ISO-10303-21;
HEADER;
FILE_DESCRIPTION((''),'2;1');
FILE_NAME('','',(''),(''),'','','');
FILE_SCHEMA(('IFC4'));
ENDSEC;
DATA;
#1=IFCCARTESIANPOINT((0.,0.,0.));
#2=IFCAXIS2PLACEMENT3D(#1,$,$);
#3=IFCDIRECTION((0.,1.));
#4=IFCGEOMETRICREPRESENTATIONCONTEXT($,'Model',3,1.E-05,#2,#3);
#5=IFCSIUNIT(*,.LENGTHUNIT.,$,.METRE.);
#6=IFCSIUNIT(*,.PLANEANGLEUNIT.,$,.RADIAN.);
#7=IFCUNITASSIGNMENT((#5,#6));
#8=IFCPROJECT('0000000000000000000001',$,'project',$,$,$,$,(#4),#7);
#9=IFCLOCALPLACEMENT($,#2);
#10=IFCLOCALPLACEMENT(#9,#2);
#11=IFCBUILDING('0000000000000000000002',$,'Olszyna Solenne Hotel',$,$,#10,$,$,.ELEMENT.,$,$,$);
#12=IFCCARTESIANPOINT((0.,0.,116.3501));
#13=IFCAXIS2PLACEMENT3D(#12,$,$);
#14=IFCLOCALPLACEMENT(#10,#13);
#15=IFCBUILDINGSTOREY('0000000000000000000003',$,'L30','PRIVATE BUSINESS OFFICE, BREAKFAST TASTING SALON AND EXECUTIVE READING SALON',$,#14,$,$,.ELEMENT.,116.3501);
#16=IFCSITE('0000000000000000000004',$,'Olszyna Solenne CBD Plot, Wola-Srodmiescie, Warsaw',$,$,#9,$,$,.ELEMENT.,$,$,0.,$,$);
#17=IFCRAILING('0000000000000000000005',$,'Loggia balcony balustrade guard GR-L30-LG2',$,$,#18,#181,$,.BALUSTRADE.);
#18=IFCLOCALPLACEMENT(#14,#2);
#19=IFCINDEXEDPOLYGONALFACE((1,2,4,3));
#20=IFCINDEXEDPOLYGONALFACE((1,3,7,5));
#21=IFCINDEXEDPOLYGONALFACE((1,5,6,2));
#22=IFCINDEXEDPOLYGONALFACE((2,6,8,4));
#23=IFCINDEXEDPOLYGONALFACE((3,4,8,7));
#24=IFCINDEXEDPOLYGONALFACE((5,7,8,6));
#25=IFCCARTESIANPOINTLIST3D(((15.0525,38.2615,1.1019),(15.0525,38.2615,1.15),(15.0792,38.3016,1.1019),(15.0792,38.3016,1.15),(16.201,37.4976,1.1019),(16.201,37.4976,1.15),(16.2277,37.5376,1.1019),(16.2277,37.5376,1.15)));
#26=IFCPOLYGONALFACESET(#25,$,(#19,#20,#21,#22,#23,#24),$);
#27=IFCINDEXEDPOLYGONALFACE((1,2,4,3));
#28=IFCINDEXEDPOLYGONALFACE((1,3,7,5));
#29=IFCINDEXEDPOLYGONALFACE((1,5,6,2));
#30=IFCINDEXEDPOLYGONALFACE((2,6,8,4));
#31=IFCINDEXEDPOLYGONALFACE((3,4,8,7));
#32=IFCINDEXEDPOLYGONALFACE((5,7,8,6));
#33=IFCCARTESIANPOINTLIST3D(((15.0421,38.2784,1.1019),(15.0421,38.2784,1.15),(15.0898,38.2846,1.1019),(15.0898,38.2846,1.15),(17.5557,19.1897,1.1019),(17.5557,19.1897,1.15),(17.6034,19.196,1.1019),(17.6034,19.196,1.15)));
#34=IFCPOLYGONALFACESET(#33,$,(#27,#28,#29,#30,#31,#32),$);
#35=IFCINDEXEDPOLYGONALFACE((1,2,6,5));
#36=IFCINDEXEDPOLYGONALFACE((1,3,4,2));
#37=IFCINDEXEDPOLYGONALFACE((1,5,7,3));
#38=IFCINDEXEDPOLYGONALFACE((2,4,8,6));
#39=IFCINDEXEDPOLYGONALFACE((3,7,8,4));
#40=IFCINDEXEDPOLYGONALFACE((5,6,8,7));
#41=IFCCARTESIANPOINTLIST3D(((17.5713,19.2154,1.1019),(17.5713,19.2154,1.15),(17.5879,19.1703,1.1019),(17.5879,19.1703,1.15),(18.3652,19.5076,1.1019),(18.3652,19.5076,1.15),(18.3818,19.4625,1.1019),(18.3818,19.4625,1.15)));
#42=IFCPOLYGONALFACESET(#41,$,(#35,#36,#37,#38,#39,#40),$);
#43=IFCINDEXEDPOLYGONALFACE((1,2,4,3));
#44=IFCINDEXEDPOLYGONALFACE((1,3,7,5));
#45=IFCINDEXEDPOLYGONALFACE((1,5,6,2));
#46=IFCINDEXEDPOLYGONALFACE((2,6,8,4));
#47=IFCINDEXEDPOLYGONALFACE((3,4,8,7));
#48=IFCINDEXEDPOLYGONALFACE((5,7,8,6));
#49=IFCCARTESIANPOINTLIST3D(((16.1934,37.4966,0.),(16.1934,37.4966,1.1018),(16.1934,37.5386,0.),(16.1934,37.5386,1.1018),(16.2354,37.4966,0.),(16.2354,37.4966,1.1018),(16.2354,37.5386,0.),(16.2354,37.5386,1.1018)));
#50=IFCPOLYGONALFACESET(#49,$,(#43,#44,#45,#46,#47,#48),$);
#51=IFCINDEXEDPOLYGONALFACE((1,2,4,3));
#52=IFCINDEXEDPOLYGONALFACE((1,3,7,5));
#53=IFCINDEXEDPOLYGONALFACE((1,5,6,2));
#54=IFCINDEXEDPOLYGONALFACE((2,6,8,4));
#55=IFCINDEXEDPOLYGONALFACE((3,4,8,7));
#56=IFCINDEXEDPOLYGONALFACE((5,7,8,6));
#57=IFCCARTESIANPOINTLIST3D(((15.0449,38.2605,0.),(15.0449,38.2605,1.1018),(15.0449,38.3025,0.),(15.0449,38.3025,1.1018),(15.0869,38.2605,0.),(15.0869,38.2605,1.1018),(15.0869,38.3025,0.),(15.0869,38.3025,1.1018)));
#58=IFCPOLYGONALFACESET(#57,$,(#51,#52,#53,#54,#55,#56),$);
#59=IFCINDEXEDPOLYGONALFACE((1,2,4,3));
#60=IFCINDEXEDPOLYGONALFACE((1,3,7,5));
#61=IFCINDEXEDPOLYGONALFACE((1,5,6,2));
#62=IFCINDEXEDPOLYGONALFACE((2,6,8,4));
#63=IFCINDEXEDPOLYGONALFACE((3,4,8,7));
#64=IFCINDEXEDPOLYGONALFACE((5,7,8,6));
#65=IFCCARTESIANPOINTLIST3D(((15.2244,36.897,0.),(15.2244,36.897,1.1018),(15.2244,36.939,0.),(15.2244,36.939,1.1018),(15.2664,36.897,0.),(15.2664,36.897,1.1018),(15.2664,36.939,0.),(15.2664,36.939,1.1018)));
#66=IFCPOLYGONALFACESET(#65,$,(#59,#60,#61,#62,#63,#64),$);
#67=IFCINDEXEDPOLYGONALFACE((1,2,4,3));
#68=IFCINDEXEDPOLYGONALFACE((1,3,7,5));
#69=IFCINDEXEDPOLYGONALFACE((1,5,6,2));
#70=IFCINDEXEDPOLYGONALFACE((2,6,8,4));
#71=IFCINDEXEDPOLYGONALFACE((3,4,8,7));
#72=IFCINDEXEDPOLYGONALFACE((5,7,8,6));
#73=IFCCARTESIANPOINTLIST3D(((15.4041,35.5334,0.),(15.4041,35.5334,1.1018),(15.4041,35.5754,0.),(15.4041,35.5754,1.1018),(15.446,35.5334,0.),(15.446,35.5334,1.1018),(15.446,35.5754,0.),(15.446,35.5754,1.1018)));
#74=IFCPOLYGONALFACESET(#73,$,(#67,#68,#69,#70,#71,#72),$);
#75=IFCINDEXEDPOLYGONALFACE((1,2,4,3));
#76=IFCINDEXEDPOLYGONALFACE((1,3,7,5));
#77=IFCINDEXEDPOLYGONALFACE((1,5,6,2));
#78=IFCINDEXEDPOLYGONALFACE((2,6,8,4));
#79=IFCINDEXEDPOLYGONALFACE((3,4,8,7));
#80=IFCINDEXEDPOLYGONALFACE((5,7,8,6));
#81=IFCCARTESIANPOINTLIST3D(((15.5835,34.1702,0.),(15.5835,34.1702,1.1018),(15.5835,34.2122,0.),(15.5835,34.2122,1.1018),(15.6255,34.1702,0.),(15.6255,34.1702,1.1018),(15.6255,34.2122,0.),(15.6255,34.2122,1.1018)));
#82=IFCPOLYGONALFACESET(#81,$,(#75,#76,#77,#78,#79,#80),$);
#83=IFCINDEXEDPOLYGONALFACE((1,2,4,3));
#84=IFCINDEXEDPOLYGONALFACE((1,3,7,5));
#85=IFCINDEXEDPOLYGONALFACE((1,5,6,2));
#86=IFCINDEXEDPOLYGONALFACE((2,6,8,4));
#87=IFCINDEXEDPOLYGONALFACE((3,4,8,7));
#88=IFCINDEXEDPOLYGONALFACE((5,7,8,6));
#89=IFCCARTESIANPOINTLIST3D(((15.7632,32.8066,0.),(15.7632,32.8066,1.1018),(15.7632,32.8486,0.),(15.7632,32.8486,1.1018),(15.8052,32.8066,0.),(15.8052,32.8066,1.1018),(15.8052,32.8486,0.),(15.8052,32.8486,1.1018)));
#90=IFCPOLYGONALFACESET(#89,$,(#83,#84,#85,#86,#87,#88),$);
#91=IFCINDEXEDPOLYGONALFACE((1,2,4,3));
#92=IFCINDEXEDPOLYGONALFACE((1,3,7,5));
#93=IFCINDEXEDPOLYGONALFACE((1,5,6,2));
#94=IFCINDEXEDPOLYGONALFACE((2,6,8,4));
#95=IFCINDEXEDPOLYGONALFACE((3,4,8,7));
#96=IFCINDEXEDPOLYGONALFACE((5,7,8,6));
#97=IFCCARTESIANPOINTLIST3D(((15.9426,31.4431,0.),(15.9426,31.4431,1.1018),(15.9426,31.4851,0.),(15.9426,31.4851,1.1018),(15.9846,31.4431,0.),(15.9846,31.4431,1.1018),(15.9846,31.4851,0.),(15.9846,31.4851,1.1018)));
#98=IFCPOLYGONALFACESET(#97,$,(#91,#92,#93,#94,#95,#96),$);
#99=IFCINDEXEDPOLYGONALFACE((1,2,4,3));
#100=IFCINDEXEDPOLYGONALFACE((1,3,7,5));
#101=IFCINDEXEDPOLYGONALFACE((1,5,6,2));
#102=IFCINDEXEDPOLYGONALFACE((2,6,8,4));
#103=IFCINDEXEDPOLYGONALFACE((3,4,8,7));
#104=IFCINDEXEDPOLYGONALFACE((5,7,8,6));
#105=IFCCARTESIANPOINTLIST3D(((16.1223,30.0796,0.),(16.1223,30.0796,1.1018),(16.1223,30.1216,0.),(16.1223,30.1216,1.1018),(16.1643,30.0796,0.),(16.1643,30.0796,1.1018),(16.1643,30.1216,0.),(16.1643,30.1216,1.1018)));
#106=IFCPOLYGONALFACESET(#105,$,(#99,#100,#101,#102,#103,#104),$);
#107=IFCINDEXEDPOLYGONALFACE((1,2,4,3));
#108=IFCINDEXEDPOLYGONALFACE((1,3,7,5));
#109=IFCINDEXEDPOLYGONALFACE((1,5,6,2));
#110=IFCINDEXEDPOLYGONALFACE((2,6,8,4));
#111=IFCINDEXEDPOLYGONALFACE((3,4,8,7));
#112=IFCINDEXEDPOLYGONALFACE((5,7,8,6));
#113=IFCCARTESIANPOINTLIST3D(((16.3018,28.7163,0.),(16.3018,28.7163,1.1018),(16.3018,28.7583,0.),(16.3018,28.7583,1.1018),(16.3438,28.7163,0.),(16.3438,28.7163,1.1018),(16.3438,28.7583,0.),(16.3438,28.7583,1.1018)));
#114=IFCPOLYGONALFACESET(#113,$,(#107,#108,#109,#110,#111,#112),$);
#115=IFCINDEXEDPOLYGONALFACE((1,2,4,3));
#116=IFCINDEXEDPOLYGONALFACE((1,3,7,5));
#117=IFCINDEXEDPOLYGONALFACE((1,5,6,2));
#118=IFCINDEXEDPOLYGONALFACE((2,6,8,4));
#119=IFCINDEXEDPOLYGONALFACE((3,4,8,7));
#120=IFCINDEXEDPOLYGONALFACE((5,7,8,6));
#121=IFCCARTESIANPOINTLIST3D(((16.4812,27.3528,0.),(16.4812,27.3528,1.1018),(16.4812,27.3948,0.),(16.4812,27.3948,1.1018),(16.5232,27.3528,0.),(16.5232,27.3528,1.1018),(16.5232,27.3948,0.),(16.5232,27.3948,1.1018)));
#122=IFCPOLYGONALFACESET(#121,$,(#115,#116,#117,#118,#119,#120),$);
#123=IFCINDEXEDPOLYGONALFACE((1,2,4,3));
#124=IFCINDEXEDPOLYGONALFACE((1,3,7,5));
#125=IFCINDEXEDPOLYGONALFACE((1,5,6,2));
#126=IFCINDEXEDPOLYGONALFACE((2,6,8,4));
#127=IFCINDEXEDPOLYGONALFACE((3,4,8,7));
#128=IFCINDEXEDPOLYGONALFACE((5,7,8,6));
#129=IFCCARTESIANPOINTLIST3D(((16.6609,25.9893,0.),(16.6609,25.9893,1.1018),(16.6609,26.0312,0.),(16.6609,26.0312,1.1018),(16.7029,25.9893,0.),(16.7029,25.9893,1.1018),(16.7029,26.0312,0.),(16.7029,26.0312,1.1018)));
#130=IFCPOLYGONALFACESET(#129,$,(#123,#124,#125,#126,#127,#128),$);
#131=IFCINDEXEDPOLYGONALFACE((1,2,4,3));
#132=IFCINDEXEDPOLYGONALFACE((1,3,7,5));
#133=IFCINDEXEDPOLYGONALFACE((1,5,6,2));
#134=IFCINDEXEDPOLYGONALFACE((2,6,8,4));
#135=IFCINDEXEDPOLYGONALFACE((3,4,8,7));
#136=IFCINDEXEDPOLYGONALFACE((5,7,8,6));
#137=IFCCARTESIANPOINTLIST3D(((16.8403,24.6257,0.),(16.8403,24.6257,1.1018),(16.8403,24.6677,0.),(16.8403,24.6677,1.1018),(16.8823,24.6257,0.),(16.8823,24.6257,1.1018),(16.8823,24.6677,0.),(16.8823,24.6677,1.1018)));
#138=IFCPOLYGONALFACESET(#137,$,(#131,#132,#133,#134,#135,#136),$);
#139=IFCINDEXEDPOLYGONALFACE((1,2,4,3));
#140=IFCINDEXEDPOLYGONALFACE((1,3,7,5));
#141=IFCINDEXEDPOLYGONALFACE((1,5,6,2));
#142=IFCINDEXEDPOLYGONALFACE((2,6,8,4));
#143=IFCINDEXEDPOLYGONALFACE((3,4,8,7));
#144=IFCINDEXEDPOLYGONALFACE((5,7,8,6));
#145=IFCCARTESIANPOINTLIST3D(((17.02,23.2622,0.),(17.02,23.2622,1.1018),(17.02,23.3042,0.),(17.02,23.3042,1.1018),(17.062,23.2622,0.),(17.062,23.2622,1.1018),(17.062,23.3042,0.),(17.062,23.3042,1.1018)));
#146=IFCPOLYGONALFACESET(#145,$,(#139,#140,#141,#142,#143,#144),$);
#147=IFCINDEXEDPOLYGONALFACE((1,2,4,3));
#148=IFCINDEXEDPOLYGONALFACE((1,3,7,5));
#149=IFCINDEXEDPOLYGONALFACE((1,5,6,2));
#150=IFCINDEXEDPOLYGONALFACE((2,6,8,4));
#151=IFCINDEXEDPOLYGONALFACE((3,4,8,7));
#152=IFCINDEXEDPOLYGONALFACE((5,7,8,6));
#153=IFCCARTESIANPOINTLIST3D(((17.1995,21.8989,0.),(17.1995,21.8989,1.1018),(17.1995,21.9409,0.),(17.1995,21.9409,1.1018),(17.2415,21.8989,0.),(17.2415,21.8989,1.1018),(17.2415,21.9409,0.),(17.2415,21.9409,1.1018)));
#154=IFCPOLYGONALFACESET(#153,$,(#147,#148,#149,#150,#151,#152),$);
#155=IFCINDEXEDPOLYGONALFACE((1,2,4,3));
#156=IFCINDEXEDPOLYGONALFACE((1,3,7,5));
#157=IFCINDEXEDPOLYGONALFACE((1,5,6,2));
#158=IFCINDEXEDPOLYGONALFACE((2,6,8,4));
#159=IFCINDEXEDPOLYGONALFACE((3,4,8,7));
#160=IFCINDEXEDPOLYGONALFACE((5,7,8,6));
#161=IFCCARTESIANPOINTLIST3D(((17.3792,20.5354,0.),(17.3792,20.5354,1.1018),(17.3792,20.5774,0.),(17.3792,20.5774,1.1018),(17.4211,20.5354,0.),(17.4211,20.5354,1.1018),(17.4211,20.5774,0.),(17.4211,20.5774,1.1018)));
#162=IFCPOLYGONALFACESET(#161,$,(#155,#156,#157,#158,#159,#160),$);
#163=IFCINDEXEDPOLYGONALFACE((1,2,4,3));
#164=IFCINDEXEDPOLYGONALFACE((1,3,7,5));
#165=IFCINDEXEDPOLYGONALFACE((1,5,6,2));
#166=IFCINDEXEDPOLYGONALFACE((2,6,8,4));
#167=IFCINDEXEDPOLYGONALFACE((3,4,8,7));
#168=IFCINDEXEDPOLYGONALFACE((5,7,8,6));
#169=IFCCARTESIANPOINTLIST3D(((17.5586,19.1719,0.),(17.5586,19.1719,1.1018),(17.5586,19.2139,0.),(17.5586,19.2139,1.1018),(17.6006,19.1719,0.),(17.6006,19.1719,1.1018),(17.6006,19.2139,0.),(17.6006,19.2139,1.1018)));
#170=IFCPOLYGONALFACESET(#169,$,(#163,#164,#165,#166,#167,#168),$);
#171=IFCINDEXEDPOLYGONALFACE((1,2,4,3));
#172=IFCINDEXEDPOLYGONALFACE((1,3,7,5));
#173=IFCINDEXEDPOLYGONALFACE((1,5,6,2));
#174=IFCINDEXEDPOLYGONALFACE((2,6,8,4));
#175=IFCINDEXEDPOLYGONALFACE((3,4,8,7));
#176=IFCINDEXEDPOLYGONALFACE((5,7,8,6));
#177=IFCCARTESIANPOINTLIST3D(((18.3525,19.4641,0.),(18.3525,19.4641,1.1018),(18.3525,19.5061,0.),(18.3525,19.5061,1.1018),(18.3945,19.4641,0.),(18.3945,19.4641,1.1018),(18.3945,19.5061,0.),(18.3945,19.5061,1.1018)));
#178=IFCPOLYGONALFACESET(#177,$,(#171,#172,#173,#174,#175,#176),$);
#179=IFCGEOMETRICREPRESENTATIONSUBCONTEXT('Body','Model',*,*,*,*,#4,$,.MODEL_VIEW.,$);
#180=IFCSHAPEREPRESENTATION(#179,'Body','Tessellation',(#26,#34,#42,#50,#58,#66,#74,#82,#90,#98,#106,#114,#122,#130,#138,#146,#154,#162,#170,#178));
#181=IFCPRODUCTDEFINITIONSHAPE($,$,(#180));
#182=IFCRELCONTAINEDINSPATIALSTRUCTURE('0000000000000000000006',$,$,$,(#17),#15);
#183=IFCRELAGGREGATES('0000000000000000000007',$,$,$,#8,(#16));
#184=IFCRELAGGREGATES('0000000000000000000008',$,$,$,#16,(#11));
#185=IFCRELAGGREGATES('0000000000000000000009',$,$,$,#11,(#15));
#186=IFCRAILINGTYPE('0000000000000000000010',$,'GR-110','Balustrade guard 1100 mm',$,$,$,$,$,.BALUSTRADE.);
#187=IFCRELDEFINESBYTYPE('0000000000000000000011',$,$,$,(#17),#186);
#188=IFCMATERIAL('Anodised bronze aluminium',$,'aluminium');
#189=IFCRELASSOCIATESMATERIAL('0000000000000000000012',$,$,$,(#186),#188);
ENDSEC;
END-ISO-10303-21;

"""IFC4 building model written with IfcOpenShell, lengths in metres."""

from ifc_helpers import new_model, si_unit, direction, frame, origin, origin_2d, place, context, subcontext, project, spatial, rectangle, extrude, material, type_object, element, save


model = new_model("IFC4")

# Units and contexts
model_context = context("Model", 3, precision=1e-05, world=origin(), true_north=direction((0.0, 1.0)))
body_context = subcontext(model_context, "Body", "Model", "MODEL_VIEW")
ifc_project = project(units=[si_unit("LENGTHUNIT", "METRE"), si_unit("PLANEANGLEUNIT", "RADIAN")], contexts=[model_context])

# Site, building, storey
site_placement = place(None, origin())
site = spatial("IfcSite", under=ifc_project, at=site_placement, Name="Olszyna Solenne CBD Plot, Wola-Srodmiescie, Warsaw", CompositionType="ELEMENT", RefElevation=0.0)
building_placement = place(site_placement, origin())
building = spatial("IfcBuilding", under=site, at=building_placement, Name="Olszyna Solenne Hotel", CompositionType="ELEMENT")
storey_placement = place(building_placement, frame((0.0, 0.0, 116.3501)))
storey = spatial("IfcBuildingStorey", under=building, at=storey_placement, Name="L30", Description="PRIVATE BUSINESS OFFICE, BREAKFAST TASTING SALON AND EXECUTIVE READING SALON", CompositionType="ELEMENT", Elevation=116.3501)

# Railing
ifc_material_1 = material(Name="Anodised bronze aluminium", Category="aluminium")
railing_type = type_object("IfcRailingType", Name="GR-110", Description="Balustrade guard 1100 mm", PredefinedType="BALUSTRADE", material=ifc_material_1)
railing_placement = place(storey_placement, frame((16.2144, 37.5176, 0.0)))
element("IfcRailing", 1, at=railing_placement, inside=storey, type_object=railing_type, Name="Loggia balcony balustrade guard GR-L30-LG2", PredefinedType="BALUSTRADE", context=body_context, shape_type="SweptSolid", body=[
    extrude(rectangle(XDim=0.0481, YDim=0.0481, at=origin_2d()), frame((0.0, 0.0, 1.126), z_axis=(-0.832622, 0.553842, 0.0), x_axis=(-0.553842, -0.832622, 0.0)), (0.0, 0.0, 1.0), 1.3794),
    extrude(rectangle(XDim=0.0481, YDim=0.0481, at=origin_2d()), frame((-1.1484, 0.7639, 1.126), z_axis=(0.130557, -0.991441, 0.0), x_axis=(0.991441, 0.130557, 0.0)), (0.0, 0.0, 1.0), 19.2534),
    extrude(rectangle(XDim=0.0481, YDim=0.0481, at=origin_2d()), frame((1.3652, -18.3247, 1.126), z_axis=(0.938447, 0.345425, 0.0), x_axis=(-0.345425, 0.938447, 0.0)), (0.0, 0.0, 1.0), 0.8459),
    extrude(rectangle(XDim=0.042, YDim=0.042, at=origin_2d()), origin(), (0.0, 0.0, 1.0), 1.1018),
    extrude(rectangle(XDim=0.042, YDim=0.042, at=origin_2d()), frame((-1.1484, 0.7639, 0.0)), (0.0, 0.0, 1.0), 1.1018),
    extrude(rectangle(XDim=0.042, YDim=0.042, at=origin_2d()), frame((-0.969, -0.5996, 0.0)), (0.0, 0.0, 1.0), 1.1018),
    extrude(rectangle(XDim=0.042, YDim=0.042, at=origin_2d()), frame((-0.7893, -1.9631, 0.0)), (0.0, 0.0, 1.0), 1.1018),
    extrude(rectangle(XDim=0.042, YDim=0.042, at=origin_2d()), frame((-0.6099, -3.3264, 0.0)), (0.0, 0.0, 1.0), 1.1018),
    extrude(rectangle(XDim=0.042, YDim=0.042, at=origin_2d()), frame((-0.4302, -4.6899, 0.0)), (0.0, 0.0, 1.0), 1.1018),
    extrude(rectangle(XDim=0.042, YDim=0.042, at=origin_2d()), frame((-0.2507, -6.0535, 0.0)), (0.0, 0.0, 1.0), 1.1018),
    extrude(rectangle(XDim=0.042, YDim=0.042, at=origin_2d()), frame((-0.071, -7.417, 0.0)), (0.0, 0.0, 1.0), 1.1018),
    extrude(rectangle(XDim=0.042, YDim=0.042, at=origin_2d()), frame((0.1084, -8.7803, 0.0)), (0.0, 0.0, 1.0), 1.1018),
    extrude(rectangle(XDim=0.042, YDim=0.042, at=origin_2d()), frame((0.2878, -10.1438, 0.0)), (0.0, 0.0, 1.0), 1.1018),
    extrude(rectangle(XDim=0.042, YDim=0.042, at=origin_2d()), frame((0.4675, -11.5073, 0.0)), (0.0, 0.0, 1.0), 1.1018),
    extrude(rectangle(XDim=0.042, YDim=0.042, at=origin_2d()), frame((0.647, -12.8708, 0.0)), (0.0, 0.0, 1.0), 1.1018),
    extrude(rectangle(XDim=0.042, YDim=0.042, at=origin_2d()), frame((0.8267, -14.2344, 0.0)), (0.0, 0.0, 1.0), 1.1018),
    extrude(rectangle(XDim=0.042, YDim=0.042, at=origin_2d()), frame((1.0061, -15.5977, 0.0)), (0.0, 0.0, 1.0), 1.1018),
    extrude(rectangle(XDim=0.042, YDim=0.042, at=origin_2d()), frame((1.1858, -16.9612, 0.0)), (0.0, 0.0, 1.0), 1.1018),
    extrude(rectangle(XDim=0.042, YDim=0.042, at=origin_2d()), frame((1.3652, -18.3247, 0.0)), (0.0, 0.0, 1.0), 1.1018),
    extrude(rectangle(XDim=0.042, YDim=0.042, at=origin_2d()), frame((2.1592, -18.0325, 0.0)), (0.0, 0.0, 1.0), 1.1018),
])

save(model, "model.ifc")
